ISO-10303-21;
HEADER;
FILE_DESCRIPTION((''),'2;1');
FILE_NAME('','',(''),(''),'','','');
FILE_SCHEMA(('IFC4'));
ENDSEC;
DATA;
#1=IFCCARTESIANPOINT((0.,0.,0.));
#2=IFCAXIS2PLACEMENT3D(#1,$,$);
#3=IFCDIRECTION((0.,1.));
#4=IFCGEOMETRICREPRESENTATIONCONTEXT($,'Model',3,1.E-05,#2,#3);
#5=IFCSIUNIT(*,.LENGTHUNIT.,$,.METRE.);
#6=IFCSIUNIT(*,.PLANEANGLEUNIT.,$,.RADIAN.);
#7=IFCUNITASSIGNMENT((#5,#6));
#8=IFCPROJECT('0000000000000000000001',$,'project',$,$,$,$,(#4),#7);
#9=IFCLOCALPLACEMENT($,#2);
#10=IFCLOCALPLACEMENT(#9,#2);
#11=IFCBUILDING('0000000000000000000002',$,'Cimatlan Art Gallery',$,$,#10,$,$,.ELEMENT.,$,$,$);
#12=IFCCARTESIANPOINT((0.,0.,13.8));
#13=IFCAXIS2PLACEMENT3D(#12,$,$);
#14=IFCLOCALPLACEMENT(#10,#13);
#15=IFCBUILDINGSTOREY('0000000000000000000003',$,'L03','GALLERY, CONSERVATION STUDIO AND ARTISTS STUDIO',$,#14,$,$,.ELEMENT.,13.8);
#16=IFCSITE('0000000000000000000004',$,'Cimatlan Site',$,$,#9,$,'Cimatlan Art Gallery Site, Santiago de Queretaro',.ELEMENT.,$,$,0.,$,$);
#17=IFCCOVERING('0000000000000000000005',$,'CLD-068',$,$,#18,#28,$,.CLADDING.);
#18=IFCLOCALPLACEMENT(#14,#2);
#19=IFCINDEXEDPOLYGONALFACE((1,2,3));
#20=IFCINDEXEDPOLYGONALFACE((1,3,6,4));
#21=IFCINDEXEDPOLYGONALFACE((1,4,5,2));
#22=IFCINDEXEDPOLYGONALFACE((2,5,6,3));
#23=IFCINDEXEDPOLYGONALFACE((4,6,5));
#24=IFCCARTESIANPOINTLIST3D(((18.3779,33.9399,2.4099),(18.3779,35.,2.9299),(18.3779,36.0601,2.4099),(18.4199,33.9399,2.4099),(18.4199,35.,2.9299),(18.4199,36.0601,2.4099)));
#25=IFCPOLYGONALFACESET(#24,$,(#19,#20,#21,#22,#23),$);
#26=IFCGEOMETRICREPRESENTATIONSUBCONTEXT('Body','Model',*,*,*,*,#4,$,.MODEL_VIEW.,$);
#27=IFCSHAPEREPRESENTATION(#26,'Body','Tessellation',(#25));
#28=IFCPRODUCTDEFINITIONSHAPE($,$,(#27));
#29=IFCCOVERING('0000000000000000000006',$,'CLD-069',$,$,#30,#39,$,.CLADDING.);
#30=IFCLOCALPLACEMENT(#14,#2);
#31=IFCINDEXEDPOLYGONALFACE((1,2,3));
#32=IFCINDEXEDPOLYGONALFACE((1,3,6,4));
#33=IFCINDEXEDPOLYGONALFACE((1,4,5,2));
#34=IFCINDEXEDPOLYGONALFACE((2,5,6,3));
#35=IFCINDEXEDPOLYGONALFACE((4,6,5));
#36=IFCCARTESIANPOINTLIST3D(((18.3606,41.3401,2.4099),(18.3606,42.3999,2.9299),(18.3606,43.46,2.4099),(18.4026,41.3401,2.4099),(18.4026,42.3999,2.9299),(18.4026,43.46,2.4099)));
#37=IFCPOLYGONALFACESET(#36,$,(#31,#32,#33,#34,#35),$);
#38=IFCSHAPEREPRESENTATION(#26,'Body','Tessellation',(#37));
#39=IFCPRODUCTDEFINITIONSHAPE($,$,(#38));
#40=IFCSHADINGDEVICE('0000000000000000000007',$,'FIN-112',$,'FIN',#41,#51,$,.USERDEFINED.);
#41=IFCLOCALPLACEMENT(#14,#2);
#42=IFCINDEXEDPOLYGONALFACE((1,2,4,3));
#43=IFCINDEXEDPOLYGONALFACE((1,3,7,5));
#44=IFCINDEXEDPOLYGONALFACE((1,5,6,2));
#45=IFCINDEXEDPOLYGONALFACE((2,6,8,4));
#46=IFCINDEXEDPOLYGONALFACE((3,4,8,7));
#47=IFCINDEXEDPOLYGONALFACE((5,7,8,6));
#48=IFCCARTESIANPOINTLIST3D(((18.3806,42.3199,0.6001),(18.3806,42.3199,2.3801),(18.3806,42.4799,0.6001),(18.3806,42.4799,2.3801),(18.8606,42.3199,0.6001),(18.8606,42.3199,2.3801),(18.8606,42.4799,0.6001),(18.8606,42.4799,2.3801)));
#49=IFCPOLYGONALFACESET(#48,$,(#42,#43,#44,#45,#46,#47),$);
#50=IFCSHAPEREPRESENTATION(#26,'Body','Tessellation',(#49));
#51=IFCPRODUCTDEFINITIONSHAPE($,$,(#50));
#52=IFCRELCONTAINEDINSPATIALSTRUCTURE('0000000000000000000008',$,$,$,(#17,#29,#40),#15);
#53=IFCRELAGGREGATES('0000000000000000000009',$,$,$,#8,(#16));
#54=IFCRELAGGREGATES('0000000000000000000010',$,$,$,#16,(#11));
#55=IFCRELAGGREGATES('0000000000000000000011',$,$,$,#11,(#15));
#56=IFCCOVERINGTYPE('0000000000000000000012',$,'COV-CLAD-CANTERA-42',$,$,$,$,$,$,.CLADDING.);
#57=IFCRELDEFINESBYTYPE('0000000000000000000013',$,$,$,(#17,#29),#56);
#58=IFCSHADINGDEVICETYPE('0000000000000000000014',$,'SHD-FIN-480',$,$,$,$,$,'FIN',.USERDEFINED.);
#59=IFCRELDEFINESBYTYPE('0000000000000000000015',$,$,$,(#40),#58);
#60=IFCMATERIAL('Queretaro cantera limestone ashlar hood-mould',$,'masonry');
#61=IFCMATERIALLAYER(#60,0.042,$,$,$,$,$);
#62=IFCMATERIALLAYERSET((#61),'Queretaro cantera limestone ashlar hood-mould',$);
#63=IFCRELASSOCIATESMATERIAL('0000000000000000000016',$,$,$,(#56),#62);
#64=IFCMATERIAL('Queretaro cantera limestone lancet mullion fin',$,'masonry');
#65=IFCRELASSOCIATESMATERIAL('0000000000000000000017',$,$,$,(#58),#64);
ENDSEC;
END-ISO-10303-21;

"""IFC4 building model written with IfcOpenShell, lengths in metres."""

from ifc_helpers import new_model, si_unit, direction, frame, origin, origin_2d, place, context, subcontext, project, spatial, polyline, rectangle, outline, extrude, material, layer, layer_set, type_object, element, save


model = new_model("IFC4")

# Units and contexts
model_context = context("Model", 3, precision=1e-05, world=origin(), true_north=direction((0.0, 1.0)))
body_context = subcontext(model_context, "Body", "Model", "MODEL_VIEW")
ifc_project = project(units=[si_unit("LENGTHUNIT", "METRE"), si_unit("PLANEANGLEUNIT", "RADIAN")], contexts=[model_context])

# Site, building, storey
site_placement = place(None, origin())
site = spatial("IfcSite", under=ifc_project, at=site_placement, Name="Cimatlan Site", LongName="Cimatlan Art Gallery Site, Santiago de Queretaro", CompositionType="ELEMENT", RefElevation=0.0)
building_placement = place(site_placement, origin())
building = spatial("IfcBuilding", under=site, at=building_placement, Name="Cimatlan Art Gallery", CompositionType="ELEMENT")
storey_placement = place(building_placement, frame((0.0, 0.0, 13.8)))
storey = spatial("IfcBuildingStorey", under=building, at=storey_placement, Name="L03", Description="GALLERY, CONSERVATION STUDIO AND ARTISTS STUDIO", CompositionType="ELEMENT", Elevation=13.8)

# Coverings
ifc_material_1 = material(Name="Queretaro cantera limestone ashlar hood-mould", Category="masonry")
ifc_layer_1 = layer(ifc_material_1, 0.042)
ifc_layer_set_1 = layer_set([ifc_layer_1], Name="Queretaro cantera limestone ashlar hood-mould")
covering_type = type_object("IfcCoveringType", Name="COV-CLAD-CANTERA-42", PredefinedType="CLADDING", material=ifc_layer_set_1)
covering_1_placement = place(storey_placement, frame((18.3779, 36.0601, 2.4099), z_axis=(-1.0, 0.0, 0.0), x_axis=(0.0, -1.0, 0.0)))
element("IfcCovering", 1, at=covering_1_placement, inside=storey, type_object=covering_type, Name="CLD-068", PredefinedType="CLADDING", context=body_context, shape_type="SweptSolid", body=[
    extrude(outline(polyline([(0.0, 0.0), (2.1201, 0.0), (1.0601, 0.52), (0.0, 0.0)])), origin(), (0.0, 0.0, -1.0), 0.042),
])
covering_2_placement = place(storey_placement, frame((18.3606, 43.46, 2.4099), z_axis=(-1.0, 0.0, 0.0), x_axis=(0.0, -1.0, 0.0)))
element("IfcCovering", 2, at=covering_2_placement, inside=storey, type_object=covering_type, Name="CLD-069", PredefinedType="CLADDING", context=body_context, shape_type="SweptSolid", body=[
    extrude(outline(polyline([(0.0, 0.0), (2.1199, 0.0), (1.0601, 0.52), (0.0, 0.0)])), origin(), (0.0, 0.0, -1.0), 0.042),
])

# Shading device
ifc_material_2 = material(Name="Queretaro cantera limestone lancet mullion fin", Category="masonry")
shading_device_type = type_object("IfcShadingDeviceType", Name="SHD-FIN-480", ElementType="FIN", PredefinedType="USERDEFINED", material=ifc_material_2)
shading_device_placement = place(storey_placement, frame((18.6206, 42.3999, 0.6001), z_axis=(0.0, 0.0, 1.0), x_axis=(0.0, -1.0, 0.0)))
element("IfcShadingDevice", 3, at=shading_device_placement, inside=storey, type_object=shading_device_type, Name="FIN-112", ObjectType="FIN", PredefinedType="USERDEFINED", context=body_context, shape_type="SweptSolid", body=[
    extrude(rectangle(XDim=0.1599, YDim=0.48, at=origin_2d()), origin(), (0.0, 0.0, 1.0), 1.78),
])

save(model, "model.ifc")
